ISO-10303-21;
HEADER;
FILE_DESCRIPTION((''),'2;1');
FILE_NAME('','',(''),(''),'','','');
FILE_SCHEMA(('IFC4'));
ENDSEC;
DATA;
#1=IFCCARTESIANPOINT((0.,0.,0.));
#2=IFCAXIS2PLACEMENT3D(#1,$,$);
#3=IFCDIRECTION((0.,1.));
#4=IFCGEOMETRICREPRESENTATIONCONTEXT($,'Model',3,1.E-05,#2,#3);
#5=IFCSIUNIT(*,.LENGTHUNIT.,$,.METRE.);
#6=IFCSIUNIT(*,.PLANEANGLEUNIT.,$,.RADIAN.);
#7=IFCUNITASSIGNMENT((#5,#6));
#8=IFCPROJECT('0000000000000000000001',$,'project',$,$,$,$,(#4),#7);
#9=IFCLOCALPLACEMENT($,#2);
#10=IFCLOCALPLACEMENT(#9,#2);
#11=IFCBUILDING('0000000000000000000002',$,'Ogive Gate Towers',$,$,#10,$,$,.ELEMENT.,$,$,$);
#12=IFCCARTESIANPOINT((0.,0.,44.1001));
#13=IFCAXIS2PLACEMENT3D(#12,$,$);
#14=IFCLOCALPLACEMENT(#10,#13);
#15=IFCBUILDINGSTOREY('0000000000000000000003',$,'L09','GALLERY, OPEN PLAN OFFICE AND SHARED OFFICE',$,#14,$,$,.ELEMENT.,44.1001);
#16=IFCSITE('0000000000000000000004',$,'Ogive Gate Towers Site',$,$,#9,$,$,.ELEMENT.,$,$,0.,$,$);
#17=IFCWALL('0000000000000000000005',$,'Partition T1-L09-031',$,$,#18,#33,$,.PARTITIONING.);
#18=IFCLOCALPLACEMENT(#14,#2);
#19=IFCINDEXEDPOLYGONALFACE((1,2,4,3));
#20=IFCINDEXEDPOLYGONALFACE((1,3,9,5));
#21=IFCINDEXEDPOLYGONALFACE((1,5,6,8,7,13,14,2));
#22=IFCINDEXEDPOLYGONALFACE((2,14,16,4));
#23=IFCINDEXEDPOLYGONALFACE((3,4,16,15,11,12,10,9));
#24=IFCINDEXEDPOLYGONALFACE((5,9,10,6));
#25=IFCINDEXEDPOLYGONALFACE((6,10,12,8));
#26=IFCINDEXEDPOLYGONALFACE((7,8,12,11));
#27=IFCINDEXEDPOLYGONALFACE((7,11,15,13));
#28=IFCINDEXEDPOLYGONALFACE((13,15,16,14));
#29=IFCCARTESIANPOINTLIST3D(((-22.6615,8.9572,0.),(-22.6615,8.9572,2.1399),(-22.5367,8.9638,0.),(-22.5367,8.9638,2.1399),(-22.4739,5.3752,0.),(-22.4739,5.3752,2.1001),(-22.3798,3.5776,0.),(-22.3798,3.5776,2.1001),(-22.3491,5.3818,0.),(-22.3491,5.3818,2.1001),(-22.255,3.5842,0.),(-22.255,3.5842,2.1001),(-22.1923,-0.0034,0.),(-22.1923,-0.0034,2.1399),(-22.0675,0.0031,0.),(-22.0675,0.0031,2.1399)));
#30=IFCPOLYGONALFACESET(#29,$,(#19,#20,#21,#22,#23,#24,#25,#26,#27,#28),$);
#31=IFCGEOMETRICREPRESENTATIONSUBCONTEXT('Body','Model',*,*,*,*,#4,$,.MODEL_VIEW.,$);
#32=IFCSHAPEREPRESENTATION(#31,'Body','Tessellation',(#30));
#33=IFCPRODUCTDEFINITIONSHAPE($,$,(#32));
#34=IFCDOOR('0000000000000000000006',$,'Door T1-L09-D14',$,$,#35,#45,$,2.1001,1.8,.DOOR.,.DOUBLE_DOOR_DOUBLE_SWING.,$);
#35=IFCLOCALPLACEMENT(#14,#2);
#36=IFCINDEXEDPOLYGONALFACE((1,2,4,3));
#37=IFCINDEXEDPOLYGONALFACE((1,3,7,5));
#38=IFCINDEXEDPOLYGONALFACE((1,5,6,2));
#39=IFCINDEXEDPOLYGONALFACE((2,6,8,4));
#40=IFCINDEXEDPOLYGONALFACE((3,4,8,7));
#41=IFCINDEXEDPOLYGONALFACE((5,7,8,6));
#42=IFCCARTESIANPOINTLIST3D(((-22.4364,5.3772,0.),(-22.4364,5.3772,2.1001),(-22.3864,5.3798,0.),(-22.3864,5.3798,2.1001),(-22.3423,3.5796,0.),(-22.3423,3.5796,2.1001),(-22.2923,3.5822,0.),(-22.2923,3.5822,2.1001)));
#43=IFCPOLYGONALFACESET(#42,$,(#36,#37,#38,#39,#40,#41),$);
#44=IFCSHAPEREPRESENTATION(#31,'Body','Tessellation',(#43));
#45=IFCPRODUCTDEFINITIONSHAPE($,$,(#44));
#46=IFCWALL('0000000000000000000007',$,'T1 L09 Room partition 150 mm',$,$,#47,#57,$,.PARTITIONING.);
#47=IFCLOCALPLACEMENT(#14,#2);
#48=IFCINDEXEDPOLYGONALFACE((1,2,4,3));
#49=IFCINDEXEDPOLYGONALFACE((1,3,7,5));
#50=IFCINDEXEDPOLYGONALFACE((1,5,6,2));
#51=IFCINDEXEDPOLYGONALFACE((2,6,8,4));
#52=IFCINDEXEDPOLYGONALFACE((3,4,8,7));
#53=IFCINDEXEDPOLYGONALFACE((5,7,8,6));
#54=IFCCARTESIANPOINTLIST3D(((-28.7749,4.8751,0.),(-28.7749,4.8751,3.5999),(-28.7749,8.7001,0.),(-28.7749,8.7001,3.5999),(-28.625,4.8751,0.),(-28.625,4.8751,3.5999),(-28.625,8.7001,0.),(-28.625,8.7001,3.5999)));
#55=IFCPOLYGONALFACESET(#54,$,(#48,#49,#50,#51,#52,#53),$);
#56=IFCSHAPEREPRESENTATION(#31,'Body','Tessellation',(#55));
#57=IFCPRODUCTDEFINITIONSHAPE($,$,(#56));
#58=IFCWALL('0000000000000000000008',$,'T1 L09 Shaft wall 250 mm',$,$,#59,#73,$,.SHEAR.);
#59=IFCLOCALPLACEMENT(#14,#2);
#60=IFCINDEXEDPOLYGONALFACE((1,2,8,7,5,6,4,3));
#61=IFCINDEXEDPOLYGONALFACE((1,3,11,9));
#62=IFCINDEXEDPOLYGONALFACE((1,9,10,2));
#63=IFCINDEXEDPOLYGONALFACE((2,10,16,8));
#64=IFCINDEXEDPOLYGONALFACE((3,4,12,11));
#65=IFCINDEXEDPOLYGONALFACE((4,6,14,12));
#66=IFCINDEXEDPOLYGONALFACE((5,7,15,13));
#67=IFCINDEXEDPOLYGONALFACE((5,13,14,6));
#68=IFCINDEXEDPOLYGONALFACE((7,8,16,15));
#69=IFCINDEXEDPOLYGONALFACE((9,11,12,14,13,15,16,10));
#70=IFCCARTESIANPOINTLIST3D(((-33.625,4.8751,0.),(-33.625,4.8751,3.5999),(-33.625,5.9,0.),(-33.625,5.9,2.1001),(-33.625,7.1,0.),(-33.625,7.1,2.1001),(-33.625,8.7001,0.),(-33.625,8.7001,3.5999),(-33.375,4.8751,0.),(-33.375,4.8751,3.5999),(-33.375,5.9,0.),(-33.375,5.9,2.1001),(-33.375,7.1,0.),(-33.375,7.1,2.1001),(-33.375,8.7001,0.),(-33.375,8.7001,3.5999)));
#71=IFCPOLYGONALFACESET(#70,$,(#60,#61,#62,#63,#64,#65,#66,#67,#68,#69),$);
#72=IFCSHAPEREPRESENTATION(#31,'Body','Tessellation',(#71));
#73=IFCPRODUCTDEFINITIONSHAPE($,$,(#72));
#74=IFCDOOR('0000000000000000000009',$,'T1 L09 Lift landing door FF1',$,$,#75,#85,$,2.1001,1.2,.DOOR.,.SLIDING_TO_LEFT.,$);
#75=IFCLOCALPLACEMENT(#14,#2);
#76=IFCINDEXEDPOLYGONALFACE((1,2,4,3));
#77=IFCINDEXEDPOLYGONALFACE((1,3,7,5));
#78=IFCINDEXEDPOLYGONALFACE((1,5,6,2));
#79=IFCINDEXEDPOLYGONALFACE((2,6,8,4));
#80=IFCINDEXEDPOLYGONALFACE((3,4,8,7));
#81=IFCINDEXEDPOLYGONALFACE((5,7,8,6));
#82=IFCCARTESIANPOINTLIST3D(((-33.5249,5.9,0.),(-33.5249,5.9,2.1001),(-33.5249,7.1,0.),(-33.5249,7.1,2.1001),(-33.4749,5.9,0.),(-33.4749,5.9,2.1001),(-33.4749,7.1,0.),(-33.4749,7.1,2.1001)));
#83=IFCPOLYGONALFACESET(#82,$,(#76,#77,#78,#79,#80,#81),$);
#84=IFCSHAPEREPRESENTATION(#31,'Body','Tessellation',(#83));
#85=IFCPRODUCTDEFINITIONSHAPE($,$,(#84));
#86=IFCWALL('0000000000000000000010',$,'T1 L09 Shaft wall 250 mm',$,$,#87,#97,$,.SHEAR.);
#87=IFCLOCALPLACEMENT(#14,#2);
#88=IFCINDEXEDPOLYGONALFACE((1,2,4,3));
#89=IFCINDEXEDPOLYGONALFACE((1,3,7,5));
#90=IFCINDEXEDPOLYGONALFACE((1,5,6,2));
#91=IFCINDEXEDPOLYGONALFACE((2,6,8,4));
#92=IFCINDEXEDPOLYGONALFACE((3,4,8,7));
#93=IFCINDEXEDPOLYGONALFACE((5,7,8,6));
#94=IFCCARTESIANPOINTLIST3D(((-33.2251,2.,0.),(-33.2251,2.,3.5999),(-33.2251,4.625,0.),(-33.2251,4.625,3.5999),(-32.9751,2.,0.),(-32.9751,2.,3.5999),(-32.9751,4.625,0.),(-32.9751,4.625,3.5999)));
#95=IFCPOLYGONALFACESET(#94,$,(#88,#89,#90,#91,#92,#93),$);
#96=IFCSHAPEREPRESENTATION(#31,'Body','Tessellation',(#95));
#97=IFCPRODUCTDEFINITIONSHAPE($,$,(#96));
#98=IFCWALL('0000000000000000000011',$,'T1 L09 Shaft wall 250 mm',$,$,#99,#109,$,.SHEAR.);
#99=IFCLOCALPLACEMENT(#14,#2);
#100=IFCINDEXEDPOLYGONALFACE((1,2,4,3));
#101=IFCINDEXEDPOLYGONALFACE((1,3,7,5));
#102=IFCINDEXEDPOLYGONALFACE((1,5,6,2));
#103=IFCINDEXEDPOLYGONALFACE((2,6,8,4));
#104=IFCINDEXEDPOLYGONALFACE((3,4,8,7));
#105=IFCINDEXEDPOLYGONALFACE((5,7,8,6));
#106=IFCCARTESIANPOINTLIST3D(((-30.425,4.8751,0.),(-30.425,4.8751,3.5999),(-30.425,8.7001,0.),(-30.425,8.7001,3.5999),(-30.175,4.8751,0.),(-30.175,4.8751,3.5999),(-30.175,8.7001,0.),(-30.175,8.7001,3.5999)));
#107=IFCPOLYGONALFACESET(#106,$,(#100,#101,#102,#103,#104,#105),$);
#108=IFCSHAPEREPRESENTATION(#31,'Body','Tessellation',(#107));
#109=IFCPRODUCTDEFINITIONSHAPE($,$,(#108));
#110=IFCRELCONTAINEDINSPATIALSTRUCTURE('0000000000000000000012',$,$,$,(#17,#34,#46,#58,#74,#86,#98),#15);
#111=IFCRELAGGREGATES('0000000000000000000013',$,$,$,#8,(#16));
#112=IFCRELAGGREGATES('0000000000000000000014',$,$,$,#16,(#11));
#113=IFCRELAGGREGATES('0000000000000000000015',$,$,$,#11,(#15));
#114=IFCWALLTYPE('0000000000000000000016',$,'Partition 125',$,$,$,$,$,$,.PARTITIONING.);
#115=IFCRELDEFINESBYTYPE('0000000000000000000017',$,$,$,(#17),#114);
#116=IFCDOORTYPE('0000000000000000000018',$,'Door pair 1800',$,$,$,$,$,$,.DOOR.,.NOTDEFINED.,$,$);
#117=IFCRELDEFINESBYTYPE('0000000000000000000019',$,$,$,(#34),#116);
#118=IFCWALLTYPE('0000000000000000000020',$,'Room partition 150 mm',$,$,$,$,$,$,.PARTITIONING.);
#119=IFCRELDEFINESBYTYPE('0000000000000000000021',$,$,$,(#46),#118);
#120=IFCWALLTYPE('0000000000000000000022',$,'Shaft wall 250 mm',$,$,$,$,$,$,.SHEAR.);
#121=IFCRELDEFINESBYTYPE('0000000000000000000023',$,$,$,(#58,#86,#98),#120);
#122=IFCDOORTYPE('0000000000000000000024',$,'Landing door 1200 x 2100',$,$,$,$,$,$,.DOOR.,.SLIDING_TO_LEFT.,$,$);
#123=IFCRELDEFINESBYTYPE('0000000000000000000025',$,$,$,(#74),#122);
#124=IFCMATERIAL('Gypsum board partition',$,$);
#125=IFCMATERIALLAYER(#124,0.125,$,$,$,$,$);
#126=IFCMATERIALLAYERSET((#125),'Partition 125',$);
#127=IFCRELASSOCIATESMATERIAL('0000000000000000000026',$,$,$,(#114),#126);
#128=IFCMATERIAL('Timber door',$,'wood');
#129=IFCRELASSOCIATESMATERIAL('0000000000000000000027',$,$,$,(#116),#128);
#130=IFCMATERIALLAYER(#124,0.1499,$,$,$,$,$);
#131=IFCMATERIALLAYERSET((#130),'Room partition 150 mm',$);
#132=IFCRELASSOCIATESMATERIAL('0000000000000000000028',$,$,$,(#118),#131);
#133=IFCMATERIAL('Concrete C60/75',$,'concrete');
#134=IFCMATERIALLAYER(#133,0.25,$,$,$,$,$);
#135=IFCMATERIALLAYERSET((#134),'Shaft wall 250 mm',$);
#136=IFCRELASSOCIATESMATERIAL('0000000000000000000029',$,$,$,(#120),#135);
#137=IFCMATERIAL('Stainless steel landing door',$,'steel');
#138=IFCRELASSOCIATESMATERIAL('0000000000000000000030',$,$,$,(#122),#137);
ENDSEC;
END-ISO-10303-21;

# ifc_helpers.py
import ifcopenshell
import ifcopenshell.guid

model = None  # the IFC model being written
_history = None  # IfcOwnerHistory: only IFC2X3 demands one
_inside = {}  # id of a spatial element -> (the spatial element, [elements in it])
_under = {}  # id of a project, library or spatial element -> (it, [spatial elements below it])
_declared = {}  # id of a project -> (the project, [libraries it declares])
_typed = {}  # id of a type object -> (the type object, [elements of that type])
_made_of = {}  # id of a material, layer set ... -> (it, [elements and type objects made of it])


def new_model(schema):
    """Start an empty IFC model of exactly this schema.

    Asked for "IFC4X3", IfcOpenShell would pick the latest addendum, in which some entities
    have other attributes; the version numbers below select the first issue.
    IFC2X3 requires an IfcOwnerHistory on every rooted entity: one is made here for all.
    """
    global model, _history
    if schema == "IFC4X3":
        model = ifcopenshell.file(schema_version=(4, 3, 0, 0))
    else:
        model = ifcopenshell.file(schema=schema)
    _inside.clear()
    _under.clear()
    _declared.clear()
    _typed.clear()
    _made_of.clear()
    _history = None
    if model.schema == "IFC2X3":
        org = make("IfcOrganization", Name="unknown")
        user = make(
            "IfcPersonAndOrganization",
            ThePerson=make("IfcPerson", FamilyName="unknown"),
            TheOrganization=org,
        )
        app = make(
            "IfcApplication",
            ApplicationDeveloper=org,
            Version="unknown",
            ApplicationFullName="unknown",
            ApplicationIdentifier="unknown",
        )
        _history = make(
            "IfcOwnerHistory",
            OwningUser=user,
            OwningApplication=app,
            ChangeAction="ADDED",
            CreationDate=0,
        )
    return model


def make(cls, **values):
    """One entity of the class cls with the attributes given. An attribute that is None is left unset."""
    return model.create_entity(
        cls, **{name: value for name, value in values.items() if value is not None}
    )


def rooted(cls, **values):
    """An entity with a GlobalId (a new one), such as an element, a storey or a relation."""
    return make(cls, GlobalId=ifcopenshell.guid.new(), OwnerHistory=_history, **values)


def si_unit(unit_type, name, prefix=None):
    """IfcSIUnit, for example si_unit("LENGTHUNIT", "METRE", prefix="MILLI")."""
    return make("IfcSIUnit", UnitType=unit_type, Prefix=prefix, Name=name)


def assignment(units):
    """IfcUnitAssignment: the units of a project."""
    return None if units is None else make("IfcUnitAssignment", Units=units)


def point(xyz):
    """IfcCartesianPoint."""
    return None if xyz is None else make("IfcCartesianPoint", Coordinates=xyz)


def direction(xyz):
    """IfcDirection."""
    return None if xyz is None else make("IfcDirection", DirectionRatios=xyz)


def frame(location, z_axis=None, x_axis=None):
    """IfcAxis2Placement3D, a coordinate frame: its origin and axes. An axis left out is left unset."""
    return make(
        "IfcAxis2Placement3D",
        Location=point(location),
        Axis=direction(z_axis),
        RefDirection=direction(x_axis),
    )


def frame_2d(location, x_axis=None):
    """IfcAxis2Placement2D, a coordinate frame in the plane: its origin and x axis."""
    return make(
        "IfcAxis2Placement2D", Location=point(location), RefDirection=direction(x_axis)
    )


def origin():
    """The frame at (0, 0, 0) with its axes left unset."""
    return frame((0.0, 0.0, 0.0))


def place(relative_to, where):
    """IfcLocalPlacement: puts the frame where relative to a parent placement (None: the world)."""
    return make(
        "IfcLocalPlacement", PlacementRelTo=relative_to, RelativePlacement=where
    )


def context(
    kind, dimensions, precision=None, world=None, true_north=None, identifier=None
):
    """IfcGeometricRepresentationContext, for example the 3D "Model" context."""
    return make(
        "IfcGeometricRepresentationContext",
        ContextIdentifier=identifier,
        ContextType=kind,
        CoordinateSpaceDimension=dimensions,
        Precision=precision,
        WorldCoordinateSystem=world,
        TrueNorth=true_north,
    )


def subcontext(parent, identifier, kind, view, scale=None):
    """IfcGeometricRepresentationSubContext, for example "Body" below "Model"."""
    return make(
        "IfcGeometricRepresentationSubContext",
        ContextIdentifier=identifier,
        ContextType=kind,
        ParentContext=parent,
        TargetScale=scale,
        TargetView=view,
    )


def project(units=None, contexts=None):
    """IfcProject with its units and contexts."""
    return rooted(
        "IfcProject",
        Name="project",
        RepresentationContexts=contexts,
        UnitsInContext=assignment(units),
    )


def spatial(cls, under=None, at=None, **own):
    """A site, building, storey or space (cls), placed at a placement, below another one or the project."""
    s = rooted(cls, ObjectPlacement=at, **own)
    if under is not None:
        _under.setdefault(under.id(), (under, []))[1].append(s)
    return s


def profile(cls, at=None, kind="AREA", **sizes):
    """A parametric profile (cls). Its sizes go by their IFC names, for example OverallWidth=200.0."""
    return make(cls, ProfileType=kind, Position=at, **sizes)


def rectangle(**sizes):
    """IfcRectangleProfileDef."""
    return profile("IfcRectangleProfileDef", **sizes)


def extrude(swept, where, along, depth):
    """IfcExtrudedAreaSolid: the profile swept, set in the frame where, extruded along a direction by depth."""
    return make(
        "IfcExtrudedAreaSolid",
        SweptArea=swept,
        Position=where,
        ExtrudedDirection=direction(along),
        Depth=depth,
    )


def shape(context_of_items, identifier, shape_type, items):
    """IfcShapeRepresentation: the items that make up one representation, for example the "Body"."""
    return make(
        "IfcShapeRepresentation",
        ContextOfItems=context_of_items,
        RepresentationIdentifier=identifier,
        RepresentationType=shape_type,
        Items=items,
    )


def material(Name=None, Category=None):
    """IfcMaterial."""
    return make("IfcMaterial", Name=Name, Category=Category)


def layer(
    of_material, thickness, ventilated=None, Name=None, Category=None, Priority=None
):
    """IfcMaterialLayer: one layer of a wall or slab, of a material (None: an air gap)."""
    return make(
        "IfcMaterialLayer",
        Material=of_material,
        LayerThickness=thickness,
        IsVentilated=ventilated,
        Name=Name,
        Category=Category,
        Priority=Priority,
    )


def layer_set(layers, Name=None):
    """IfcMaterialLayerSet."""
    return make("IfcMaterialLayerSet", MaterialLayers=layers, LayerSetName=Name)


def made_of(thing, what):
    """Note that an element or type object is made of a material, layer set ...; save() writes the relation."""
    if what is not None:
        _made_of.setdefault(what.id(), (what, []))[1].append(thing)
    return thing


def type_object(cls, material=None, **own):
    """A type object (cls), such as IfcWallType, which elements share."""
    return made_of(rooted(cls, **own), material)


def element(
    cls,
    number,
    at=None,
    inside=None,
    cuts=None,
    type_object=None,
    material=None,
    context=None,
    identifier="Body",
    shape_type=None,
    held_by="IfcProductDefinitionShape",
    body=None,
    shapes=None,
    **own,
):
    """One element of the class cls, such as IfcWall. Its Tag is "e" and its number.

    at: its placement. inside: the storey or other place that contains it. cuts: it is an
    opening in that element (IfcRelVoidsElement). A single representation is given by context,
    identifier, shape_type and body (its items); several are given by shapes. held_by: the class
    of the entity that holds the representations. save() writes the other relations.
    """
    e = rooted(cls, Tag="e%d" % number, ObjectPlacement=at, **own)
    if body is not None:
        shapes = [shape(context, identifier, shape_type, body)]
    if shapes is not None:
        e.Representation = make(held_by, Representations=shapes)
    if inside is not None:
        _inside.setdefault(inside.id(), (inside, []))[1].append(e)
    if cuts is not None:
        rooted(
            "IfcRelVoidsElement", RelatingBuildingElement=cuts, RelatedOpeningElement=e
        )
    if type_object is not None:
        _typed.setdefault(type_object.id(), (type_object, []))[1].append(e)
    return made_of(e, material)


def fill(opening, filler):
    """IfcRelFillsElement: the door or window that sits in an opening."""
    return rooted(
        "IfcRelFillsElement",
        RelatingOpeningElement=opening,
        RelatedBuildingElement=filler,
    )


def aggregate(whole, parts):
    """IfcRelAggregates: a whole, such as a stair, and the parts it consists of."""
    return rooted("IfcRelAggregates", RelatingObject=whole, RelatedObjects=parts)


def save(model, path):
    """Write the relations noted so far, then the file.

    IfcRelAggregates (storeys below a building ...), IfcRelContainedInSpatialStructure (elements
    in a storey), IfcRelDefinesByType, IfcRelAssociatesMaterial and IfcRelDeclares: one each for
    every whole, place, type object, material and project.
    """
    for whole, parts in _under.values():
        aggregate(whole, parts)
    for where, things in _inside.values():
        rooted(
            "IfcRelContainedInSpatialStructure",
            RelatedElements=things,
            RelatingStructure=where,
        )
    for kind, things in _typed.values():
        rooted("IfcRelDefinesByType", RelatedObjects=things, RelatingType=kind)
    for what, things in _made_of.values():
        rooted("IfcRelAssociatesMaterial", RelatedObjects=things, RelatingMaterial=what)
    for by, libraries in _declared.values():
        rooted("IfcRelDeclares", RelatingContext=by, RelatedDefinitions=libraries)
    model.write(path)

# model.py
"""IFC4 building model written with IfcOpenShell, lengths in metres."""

from ifc_helpers import new_model, si_unit, direction, frame, frame_2d, origin, place, context, subcontext, project, spatial, rectangle, extrude, material, layer, layer_set, type_object, element, fill, save


model = new_model("IFC4")

# Units and contexts
model_context = context("Model", 3, precision=1e-05, world=origin(), true_north=direction((0.0, 1.0)))
body_context = subcontext(model_context, "Body", "Model", "MODEL_VIEW")
ifc_project = project(units=[si_unit("LENGTHUNIT", "METRE"), si_unit("PLANEANGLEUNIT", "RADIAN")], contexts=[model_context])

# Site, building, storey
site_placement = place(None, origin())
site = spatial("IfcSite", under=ifc_project, at=site_placement, Name="Ogive Gate Towers Site", CompositionType="ELEMENT", RefElevation=0.0)
building_placement = place(site_placement, origin())
building = spatial("IfcBuilding", under=site, at=building_placement, Name="Ogive Gate Towers", CompositionType="ELEMENT")
storey_placement = place(building_placement, frame((0.0, 0.0, 44.1001)))
storey = spatial("IfcBuildingStorey", under=building, at=storey_placement, Name="L09", Description="GALLERY, OPEN PLAN OFFICE AND SHARED OFFICE", CompositionType="ELEMENT", Elevation=44.1001)

# Wall, opening, door
ifc_material_1 = material(Name="Timber door", Category="wood")
ifc_material_2 = material(Name="Gypsum board partition")
ifc_layer_1 = layer(ifc_material_2, 0.125)
ifc_layer_set_1 = layer_set([ifc_layer_1], Name="Partition 125")
wall_type_1 = type_object("IfcWallType", Name="Partition 125", PredefinedType="PARTITIONING", material=ifc_layer_set_1)
door_type_1 = type_object("IfcDoorType", Name="Door pair 1800", OperationType="NOTDEFINED", PredefinedType="DOOR", material=ifc_material_1)
wall_1_placement = place(storey_placement, frame((-22.1299, 0.0, 0.0), z_axis=(0.0, 0.0, 1.0), x_axis=(-0.052295, 0.998632, 0.0)))
wall_1 = element("IfcWall", 1, at=wall_1_placement, inside=storey, type_object=wall_type_1, Name="Partition T1-L09-031", PredefinedType="PARTITIONING", context=body_context, shape_type="SweptSolid", body=[
    extrude(rectangle(XDim=8.9729, YDim=0.125, at=frame_2d((4.4863, 0.0))), origin(), (0.0, 0.0, 1.0), 2.1399),
])
opening_1_placement = place(wall_1_placement, frame((3.5859, 0.0, 0.0)))
opening_1 = element("IfcOpeningElement", 2, at=opening_1_placement, cuts=wall_1, PredefinedType="OPENING", context=body_context, shape_type="SweptSolid", body=[
    extrude(rectangle(XDim=1.8, YDim=2.1001, at=frame_2d((0.8999, 1.05))), frame((0.0, 0.0725, 0.0), z_axis=(0.0, -1.0, 0.0), x_axis=(1.0, 0.0, 0.0)), (0.0, 0.0, 1.0), 0.145),
])
door_1_placement = place(opening_1_placement, origin())
door_1 = element("IfcDoor", 3, at=door_1_placement, inside=storey, type_object=door_type_1, Name="Door T1-L09-D14", OperationType="DOUBLE_DOOR_DOUBLE_SWING", OverallHeight=2.1001, OverallWidth=1.8, PredefinedType="DOOR", context=body_context, shape_type="SweptSolid", body=[
    extrude(rectangle(XDim=1.8, YDim=2.1001, at=frame_2d((0.8999, 1.05))), frame((0.0, 0.0249, 0.0), z_axis=(0.0, -1.0, 0.0), x_axis=(1.0, 0.0, 0.0)), (0.0, 0.0, 1.0), 0.05),
])
fill(opening_1, door_1)

# Wall
ifc_layer_2 = layer(ifc_material_2, 0.1499)
ifc_layer_set_2 = layer_set([ifc_layer_2], Name="Room partition 150 mm")
wall_type_2 = type_object("IfcWallType", Name="Room partition 150 mm", PredefinedType="PARTITIONING", material=ifc_layer_set_2)
wall_2_placement = place(storey_placement, frame((-28.7, 4.875, 0.0), z_axis=(0.0, 0.0, 1.0), x_axis=(0.0, 1.0, 0.0)))
element("IfcWall", 4, at=wall_2_placement, inside=storey, type_object=wall_type_2, Name="T1 L09 Room partition 150 mm", PredefinedType="PARTITIONING", context=body_context, shape_type="SweptSolid", body=[
    extrude(rectangle(XDim=3.825, YDim=0.1499, at=frame_2d((1.9126, 0.0))), origin(), (0.0, 0.0, 1.0), 3.5999),
])

# Wall, opening, door
ifc_material_3 = material(Name="Concrete C60/75", Category="concrete")
ifc_layer_3 = layer(ifc_material_3, 0.25)
ifc_layer_set_3 = layer_set([ifc_layer_3], Name="Shaft wall 250 mm")
wall_type_3 = type_object("IfcWallType", Name="Shaft wall 250 mm", PredefinedType="SHEAR", material=ifc_layer_set_3)
wall_3_placement = place(storey_placement, frame((-33.5, 4.875, 0.0), z_axis=(0.0, 0.0, 1.0), x_axis=(0.0, 1.0, 0.0)))
wall_3 = element("IfcWall", 5, at=wall_3_placement, inside=storey, type_object=wall_type_3, Name="T1 L09 Shaft wall 250 mm", PredefinedType="SHEAR", context=body_context, shape_type="SweptSolid", body=[
    extrude(rectangle(XDim=3.825, YDim=0.25, at=frame_2d((1.9126, 0.0))), origin(), (0.0, 0.0, 1.0), 3.5999),
])
opening_2_placement = place(wall_3_placement, frame((1.0249, 0.0, 0.0)))
opening_2 = element("IfcOpeningElement", 6, at=opening_2_placement, cuts=wall_3, PredefinedType="OPENING", context=body_context, shape_type="SweptSolid", body=[
    extrude(rectangle(XDim=1.2, YDim=2.1001, at=frame_2d((0.6001, 1.05))), frame((0.0, 0.135, 0.0), z_axis=(0.0, -1.0, 0.0), x_axis=(1.0, 0.0, 0.0)), (0.0, 0.0, 1.0), 0.27),
])
ifc_material_4 = material(Name="Stainless steel landing door", Category="steel")
door_type_2 = type_object("IfcDoorType", Name="Landing door 1200 x 2100", OperationType="SLIDING_TO_LEFT", PredefinedType="DOOR", material=ifc_material_4)
door_2_placement = place(opening_2_placement, origin())
door_2 = element("IfcDoor", 7, at=door_2_placement, inside=storey, type_object=door_type_2, Name="T1 L09 Lift landing door FF1", OperationType="SLIDING_TO_LEFT", OverallHeight=2.1001, OverallWidth=1.2, PredefinedType="DOOR", context=body_context, shape_type="SweptSolid", body=[
    extrude(rectangle(XDim=1.2, YDim=2.1001, at=frame_2d((0.6001, 1.05))), frame((0.0, 0.0249, 0.0), z_axis=(0.0, -1.0, 0.0), x_axis=(1.0, 0.0, 0.0)), (0.0, 0.0, 1.0), 0.05),
])
fill(opening_2, door_2)

# Walls
wall_4_placement = place(storey_placement, frame((-33.1001, 2.0, 0.0), z_axis=(0.0, 0.0, 1.0), x_axis=(0.0, 1.0, 0.0)))
element("IfcWall", 8, at=wall_4_placement, inside=storey, type_object=wall_type_3, Name="T1 L09 Shaft wall 250 mm", PredefinedType="SHEAR", context=body_context, shape_type="SweptSolid", body=[
    extrude(rectangle(XDim=2.625, YDim=0.25, at=frame_2d((1.3125, 0.0))), origin(), (0.0, 0.0, 1.0), 3.5999),
])
wall_5_placement = place(storey_placement, frame((-30.3, 4.875, 0.0), z_axis=(0.0, 0.0, 1.0), x_axis=(0.0, 1.0, 0.0)))
element("IfcWall", 9, at=wall_5_placement, inside=storey, type_object=wall_type_3, Name="T1 L09 Shaft wall 250 mm", PredefinedType="SHEAR", context=body_context, shape_type="SweptSolid", body=[
    extrude(rectangle(XDim=3.825, YDim=0.25, at=frame_2d((1.9126, 0.0))), origin(), (0.0, 0.0, 1.0), 3.5999),
])

save(model, "model.ifc")
